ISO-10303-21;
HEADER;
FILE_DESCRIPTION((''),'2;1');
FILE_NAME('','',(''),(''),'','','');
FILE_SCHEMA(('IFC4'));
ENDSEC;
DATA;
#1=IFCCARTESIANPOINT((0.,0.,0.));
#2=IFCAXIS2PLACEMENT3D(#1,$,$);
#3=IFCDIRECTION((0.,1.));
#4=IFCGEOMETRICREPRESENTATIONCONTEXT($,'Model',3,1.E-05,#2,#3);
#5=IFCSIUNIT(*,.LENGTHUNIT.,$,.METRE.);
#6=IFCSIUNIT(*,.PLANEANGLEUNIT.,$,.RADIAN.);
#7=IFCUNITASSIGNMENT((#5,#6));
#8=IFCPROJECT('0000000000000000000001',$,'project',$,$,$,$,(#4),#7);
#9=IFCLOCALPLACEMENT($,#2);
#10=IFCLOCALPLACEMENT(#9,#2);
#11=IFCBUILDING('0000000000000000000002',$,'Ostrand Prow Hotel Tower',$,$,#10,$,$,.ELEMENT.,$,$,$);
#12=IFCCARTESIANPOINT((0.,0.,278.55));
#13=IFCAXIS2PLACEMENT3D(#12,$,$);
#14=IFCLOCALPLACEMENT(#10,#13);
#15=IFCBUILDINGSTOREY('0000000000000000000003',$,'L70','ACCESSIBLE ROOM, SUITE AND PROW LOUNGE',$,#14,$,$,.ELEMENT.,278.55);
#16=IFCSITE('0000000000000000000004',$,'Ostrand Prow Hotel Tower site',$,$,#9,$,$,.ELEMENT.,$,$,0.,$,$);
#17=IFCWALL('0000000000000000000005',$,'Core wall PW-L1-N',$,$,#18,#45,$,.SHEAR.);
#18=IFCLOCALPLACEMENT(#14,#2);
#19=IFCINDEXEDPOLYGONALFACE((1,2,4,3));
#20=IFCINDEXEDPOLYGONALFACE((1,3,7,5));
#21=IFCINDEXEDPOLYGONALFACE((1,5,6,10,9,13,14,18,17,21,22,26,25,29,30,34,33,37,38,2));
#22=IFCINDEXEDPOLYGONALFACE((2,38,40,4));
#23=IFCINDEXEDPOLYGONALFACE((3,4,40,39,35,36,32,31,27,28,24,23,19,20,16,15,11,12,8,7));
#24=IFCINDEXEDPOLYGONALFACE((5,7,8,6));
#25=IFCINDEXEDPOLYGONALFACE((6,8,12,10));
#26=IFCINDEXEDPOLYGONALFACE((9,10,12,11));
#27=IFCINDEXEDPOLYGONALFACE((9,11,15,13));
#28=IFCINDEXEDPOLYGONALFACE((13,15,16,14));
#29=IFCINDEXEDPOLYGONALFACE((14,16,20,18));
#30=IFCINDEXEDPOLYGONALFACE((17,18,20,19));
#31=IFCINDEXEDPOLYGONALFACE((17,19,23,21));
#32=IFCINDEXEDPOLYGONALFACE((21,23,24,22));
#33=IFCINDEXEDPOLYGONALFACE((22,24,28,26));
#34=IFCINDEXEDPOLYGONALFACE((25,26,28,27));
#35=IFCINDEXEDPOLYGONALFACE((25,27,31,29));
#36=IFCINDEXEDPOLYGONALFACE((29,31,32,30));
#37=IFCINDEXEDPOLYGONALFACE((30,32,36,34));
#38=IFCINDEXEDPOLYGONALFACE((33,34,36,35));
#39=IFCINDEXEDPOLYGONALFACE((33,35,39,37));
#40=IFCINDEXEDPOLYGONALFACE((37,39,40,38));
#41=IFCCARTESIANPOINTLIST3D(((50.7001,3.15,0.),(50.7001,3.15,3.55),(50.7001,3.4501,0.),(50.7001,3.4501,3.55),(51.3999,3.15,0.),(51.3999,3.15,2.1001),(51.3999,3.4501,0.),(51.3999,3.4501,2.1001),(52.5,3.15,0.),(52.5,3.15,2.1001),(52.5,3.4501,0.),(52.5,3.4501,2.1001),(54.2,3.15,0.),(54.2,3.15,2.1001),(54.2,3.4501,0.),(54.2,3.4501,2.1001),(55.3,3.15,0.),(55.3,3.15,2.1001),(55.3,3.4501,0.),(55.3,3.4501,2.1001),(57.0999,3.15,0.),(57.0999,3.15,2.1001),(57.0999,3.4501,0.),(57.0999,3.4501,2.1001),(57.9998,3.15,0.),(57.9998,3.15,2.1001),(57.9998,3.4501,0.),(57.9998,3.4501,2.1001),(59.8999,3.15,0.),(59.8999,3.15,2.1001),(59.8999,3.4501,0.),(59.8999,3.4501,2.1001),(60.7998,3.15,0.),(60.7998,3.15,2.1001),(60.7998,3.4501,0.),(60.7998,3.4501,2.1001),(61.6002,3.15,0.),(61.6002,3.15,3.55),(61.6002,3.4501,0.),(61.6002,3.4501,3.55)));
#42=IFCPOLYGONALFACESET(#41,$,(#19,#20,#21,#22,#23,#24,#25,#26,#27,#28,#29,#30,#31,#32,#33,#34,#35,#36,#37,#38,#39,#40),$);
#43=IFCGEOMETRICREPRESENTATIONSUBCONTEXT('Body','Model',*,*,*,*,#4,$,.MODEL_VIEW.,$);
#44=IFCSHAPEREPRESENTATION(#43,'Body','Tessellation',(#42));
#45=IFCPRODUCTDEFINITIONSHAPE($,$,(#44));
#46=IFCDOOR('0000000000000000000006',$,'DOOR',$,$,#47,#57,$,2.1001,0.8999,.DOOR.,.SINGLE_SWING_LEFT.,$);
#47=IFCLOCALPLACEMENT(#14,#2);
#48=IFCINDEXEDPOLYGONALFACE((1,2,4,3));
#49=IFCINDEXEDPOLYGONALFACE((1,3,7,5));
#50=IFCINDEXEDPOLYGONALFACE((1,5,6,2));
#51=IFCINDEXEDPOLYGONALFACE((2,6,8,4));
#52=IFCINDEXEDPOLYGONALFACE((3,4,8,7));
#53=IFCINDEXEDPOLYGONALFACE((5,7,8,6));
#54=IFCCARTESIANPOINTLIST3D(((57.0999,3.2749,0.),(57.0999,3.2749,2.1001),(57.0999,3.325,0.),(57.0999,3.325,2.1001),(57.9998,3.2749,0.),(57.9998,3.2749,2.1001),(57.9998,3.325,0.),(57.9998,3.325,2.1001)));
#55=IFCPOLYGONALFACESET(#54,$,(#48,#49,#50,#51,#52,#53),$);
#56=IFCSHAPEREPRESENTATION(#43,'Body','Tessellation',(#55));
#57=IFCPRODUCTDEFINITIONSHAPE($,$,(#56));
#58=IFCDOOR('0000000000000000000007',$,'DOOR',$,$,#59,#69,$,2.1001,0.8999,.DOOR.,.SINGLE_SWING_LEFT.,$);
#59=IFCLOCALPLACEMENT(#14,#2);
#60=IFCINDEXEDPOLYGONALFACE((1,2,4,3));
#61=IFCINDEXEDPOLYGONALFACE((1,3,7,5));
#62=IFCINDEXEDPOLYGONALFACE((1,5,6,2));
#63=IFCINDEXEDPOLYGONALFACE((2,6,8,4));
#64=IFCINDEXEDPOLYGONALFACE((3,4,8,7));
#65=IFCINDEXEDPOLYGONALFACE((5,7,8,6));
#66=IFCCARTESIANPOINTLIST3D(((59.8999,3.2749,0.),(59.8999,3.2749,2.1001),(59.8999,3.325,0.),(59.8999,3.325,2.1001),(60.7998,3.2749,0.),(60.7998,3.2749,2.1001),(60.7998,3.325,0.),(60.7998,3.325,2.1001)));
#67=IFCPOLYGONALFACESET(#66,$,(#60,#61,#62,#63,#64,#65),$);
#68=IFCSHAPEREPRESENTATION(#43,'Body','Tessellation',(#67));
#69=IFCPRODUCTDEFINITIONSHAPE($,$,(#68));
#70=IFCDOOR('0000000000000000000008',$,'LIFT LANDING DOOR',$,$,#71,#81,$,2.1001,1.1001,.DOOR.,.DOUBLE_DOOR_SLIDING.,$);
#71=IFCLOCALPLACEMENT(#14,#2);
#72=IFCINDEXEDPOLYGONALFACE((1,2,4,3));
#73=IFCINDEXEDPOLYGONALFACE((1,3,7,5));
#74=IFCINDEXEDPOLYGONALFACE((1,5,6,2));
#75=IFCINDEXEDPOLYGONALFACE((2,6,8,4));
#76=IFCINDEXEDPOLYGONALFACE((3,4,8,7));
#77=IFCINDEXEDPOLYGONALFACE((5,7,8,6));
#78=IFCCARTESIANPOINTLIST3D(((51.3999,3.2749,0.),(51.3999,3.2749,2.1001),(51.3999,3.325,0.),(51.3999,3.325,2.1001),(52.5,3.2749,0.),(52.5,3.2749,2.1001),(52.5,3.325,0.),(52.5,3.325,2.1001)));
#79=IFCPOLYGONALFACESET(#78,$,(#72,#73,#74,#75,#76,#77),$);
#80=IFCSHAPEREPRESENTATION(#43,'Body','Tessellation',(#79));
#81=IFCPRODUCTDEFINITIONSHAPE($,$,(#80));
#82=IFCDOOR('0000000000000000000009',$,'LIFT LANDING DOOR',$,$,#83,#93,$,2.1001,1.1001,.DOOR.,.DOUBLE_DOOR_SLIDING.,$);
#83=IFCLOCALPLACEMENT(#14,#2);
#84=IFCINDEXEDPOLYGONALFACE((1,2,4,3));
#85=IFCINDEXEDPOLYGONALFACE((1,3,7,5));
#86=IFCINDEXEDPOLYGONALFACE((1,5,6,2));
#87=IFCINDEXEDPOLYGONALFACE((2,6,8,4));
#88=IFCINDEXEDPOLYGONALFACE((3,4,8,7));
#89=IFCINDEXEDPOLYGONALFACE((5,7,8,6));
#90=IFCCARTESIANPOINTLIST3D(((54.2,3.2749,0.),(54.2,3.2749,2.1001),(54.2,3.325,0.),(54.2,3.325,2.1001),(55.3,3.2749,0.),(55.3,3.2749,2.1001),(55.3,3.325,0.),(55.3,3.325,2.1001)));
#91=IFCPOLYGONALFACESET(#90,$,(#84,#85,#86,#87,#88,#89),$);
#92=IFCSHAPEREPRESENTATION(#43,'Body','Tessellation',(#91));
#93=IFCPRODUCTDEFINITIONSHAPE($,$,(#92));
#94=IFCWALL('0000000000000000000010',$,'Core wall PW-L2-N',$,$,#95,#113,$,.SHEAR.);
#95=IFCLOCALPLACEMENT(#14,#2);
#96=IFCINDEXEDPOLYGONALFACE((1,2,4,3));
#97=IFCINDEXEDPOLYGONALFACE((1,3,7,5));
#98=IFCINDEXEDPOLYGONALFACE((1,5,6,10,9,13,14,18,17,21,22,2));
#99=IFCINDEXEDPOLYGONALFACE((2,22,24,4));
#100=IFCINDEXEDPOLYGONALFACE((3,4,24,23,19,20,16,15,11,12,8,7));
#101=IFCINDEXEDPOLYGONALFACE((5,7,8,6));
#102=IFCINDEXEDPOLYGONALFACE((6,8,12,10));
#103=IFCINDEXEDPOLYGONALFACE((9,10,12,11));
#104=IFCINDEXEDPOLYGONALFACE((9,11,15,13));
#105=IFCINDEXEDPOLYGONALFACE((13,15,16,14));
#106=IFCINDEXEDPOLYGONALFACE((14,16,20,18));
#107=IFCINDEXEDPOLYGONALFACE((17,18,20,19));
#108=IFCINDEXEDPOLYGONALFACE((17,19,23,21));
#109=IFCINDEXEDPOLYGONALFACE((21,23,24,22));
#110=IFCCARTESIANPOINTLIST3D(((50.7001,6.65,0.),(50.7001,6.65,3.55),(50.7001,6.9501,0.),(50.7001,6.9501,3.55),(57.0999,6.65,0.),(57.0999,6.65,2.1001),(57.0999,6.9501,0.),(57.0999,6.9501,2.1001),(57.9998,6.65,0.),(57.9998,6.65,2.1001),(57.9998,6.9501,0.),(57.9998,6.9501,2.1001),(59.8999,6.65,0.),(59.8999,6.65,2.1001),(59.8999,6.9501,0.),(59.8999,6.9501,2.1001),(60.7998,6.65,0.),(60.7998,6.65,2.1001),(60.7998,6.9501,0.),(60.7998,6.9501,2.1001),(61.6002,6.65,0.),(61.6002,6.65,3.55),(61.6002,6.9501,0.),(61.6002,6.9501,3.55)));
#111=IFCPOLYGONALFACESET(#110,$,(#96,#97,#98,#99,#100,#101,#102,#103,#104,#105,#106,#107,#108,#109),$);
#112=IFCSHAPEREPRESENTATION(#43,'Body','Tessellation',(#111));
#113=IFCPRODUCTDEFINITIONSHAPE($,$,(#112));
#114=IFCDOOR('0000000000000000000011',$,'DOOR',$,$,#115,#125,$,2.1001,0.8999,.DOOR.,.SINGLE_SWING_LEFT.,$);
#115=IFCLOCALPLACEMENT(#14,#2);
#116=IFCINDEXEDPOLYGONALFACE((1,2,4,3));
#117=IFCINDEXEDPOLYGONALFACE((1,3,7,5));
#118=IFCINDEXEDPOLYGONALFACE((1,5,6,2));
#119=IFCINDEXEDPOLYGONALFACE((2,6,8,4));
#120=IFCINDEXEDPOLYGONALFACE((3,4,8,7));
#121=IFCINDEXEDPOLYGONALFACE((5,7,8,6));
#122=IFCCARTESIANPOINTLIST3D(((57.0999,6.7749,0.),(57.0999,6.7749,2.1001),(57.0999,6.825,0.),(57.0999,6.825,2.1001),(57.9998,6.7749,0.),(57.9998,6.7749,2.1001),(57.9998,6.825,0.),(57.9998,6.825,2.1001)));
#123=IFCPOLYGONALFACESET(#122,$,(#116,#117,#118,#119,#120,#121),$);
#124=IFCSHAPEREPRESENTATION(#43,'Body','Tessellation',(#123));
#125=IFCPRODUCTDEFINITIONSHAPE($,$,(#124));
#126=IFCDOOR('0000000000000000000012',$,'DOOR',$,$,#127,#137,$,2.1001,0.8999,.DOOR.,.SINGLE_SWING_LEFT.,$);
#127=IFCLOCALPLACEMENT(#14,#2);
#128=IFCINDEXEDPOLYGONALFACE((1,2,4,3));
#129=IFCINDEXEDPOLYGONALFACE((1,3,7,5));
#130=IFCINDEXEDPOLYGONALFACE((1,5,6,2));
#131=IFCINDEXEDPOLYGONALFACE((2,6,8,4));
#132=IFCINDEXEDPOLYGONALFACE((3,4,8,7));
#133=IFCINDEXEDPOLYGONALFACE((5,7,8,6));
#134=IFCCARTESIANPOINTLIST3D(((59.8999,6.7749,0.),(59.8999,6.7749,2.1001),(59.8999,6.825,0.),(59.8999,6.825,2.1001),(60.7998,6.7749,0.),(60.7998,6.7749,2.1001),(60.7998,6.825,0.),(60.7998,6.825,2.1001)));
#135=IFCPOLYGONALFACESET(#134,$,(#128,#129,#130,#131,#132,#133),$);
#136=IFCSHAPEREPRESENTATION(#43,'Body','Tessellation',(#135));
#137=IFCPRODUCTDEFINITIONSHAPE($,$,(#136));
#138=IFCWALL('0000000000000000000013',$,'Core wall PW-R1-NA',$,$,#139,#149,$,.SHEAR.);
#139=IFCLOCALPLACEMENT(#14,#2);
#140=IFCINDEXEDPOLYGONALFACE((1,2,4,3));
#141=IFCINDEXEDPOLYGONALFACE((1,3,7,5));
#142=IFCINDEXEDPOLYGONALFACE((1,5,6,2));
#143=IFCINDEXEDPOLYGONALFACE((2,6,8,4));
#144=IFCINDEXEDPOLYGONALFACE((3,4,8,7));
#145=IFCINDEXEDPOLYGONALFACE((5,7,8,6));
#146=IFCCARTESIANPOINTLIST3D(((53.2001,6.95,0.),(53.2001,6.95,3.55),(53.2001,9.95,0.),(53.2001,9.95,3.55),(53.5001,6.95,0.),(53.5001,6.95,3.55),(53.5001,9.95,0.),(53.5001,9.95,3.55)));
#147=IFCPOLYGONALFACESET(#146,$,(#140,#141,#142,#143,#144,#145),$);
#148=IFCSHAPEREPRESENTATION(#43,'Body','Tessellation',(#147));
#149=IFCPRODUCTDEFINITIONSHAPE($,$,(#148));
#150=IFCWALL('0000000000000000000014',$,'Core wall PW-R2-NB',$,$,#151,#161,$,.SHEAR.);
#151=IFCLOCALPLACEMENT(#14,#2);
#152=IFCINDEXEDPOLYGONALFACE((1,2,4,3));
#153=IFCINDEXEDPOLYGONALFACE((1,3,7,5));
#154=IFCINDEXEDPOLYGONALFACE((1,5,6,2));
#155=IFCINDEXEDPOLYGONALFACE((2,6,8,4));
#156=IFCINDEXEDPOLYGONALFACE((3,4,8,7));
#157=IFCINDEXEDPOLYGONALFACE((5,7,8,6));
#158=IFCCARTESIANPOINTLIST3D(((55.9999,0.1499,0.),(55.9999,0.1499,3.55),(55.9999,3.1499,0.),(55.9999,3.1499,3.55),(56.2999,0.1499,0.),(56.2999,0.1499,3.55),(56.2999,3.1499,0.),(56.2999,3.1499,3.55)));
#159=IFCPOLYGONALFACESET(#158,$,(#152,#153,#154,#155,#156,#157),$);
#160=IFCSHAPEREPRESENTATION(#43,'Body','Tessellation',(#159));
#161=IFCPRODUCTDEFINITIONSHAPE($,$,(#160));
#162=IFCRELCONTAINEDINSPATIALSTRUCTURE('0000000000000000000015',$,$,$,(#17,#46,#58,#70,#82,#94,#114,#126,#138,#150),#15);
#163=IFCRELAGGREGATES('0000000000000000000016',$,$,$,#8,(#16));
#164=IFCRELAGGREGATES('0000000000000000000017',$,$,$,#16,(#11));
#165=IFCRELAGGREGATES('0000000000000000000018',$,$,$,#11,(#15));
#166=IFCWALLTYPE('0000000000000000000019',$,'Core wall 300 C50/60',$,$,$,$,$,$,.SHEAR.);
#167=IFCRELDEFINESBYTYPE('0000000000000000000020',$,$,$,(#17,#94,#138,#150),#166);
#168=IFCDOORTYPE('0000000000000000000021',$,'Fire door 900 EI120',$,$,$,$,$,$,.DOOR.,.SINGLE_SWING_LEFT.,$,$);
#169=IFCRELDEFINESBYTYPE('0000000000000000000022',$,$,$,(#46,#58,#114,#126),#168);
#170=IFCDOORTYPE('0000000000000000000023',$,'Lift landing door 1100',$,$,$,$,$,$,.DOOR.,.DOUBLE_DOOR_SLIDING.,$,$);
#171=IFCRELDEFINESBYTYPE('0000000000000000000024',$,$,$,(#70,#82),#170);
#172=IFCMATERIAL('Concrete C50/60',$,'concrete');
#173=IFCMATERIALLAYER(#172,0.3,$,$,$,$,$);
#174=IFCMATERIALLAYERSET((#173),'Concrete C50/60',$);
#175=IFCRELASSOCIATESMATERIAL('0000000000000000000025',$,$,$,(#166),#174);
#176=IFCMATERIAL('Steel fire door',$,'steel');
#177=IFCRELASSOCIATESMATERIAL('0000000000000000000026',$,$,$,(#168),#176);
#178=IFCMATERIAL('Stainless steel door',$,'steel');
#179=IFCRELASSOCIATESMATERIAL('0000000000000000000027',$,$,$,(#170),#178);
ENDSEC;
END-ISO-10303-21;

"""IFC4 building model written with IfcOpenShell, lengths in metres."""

from ifc_helpers import new_model, si_unit, direction, frame, frame_2d, origin, place, context, subcontext, project, spatial, rectangle, extrude, material, layer, layer_set, type_object, element, fill, save


model = new_model("IFC4")

# Units and contexts
model_context = context("Model", 3, precision=1e-05, world=origin(), true_north=direction((0.0, 1.0)))
body_context = subcontext(model_context, "Body", "Model", "MODEL_VIEW")
ifc_project = project(units=[si_unit("LENGTHUNIT", "METRE"), si_unit("PLANEANGLEUNIT", "RADIAN")], contexts=[model_context])

# Site, building, storey
site_placement = place(None, origin())
site = spatial("IfcSite", under=ifc_project, at=site_placement, Name="Ostrand Prow Hotel Tower site", CompositionType="ELEMENT", RefElevation=0.0)
building_placement = place(site_placement, origin())
building = spatial("IfcBuilding", under=site, at=building_placement, Name="Ostrand Prow Hotel Tower", CompositionType="ELEMENT")
storey_placement = place(building_placement, frame((0.0, 0.0, 278.55)))
storey = spatial("IfcBuildingStorey", under=building, at=storey_placement, Name="L70", Description="ACCESSIBLE ROOM, SUITE AND PROW LOUNGE", CompositionType="ELEMENT", Elevation=278.55)

# Walls, openings, doors
ifc_material_1 = material(Name="Concrete C50/60", Category="concrete")
ifc_layer_1 = layer(ifc_material_1, 0.3)
ifc_layer_set_1 = layer_set([ifc_layer_1], Name="Concrete C50/60")
wall_type_1 = type_object("IfcWallType", Name="Core wall 300 C50/60", PredefinedType="SHEAR", material=ifc_layer_set_1)
wall_1_placement = place(storey_placement, frame((50.7, 3.3, 0.0), z_axis=(0.0, 0.0, 1.0), x_axis=(1.0, 0.0, 0.0)))
wall_1 = element("IfcWall", 1, at=wall_1_placement, inside=storey, type_object=wall_type_1, Name="Core wall PW-L1-N", PredefinedType="SHEAR", context=body_context, shape_type="SweptSolid", body=[
    extrude(rectangle(XDim=10.9001, YDim=0.3, at=frame_2d((5.4502, 0.0))), origin(), (0.0, 0.0, 1.0), 3.55),
])
opening_1_placement = place(wall_1_placement, frame((0.7, 0.0, 0.0)))
opening_1 = element("IfcOpeningElement", 2, at=opening_1_placement, cuts=wall_1, PredefinedType="OPENING", context=body_context, shape_type="SweptSolid", body=[
    extrude(rectangle(XDim=1.1001, YDim=2.1001, at=frame_2d((0.55, 1.05))), frame((0.0, 0.1599, 0.0), z_axis=(0.0, -1.0, 0.0), x_axis=(1.0, 0.0, 0.0)), (0.0, 0.0, 1.0), 0.3201),
])
opening_2_placement = place(wall_1_placement, frame((3.5, 0.0, 0.0)))
opening_2 = element("IfcOpeningElement", 3, at=opening_2_placement, cuts=wall_1, PredefinedType="OPENING", context=body_context, shape_type="SweptSolid", body=[
    extrude(rectangle(XDim=1.1001, YDim=2.1001, at=frame_2d((0.55, 1.05))), frame((0.0, 0.1599, 0.0), z_axis=(0.0, -1.0, 0.0), x_axis=(1.0, 0.0, 0.0)), (0.0, 0.0, 1.0), 0.3201),
])
opening_3_placement = place(wall_1_placement, frame((6.3999, 0.0, 0.0)))
opening_3 = element("IfcOpeningElement", 4, at=opening_3_placement, cuts=wall_1, PredefinedType="OPENING", context=body_context, shape_type="SweptSolid", body=[
    extrude(rectangle(XDim=0.8999, YDim=2.1001, at=frame_2d((0.45, 1.05))), frame((0.0, 0.1599, 0.0), z_axis=(0.0, -1.0, 0.0), x_axis=(1.0, 0.0, 0.0)), (0.0, 0.0, 1.0), 0.3201),
])
opening_4_placement = place(wall_1_placement, frame((9.2, 0.0, 0.0)))
opening_4 = element("IfcOpeningElement", 5, at=opening_4_placement, cuts=wall_1, PredefinedType="OPENING", context=body_context, shape_type="SweptSolid", body=[
    extrude(rectangle(XDim=0.8999, YDim=2.1001, at=frame_2d((0.45, 1.05))), frame((0.0, 0.1599, 0.0), z_axis=(0.0, -1.0, 0.0), x_axis=(1.0, 0.0, 0.0)), (0.0, 0.0, 1.0), 0.3201),
])
ifc_material_2 = material(Name="Steel fire door", Category="steel")
door_type_1 = type_object("IfcDoorType", Name="Fire door 900 EI120", OperationType="SINGLE_SWING_LEFT", PredefinedType="DOOR", material=ifc_material_2)
door_1_placement = place(opening_3_placement, origin())
door_1 = element("IfcDoor", 6, at=door_1_placement, inside=storey, type_object=door_type_1, Name="DOOR", OperationType="SINGLE_SWING_LEFT", OverallHeight=2.1001, OverallWidth=0.8999, PredefinedType="DOOR", context=body_context, shape_type="SweptSolid", body=[
    extrude(rectangle(XDim=0.8999, YDim=2.1001, at=frame_2d((0.45, 1.05))), frame((0.0, 0.0249, 0.0), z_axis=(0.0, -1.0, 0.0), x_axis=(1.0, 0.0, 0.0)), (0.0, 0.0, 1.0), 0.05),
])
fill(opening_3, door_1)
door_2_placement = place(opening_4_placement, origin())
door_2 = element("IfcDoor", 7, at=door_2_placement, inside=storey, type_object=door_type_1, Name="DOOR", OperationType="SINGLE_SWING_LEFT", OverallHeight=2.1001, OverallWidth=0.8999, PredefinedType="DOOR", context=body_context, shape_type="SweptSolid", body=[
    extrude(rectangle(XDim=0.8999, YDim=2.1001, at=frame_2d((0.45, 1.05))), frame((0.0, 0.0249, 0.0), z_axis=(0.0, -1.0, 0.0), x_axis=(1.0, 0.0, 0.0)), (0.0, 0.0, 1.0), 0.05),
])
fill(opening_4, door_2)
ifc_material_3 = material(Name="Stainless steel door", Category="steel")
door_type_2 = type_object("IfcDoorType", Name="Lift landing door 1100", OperationType="DOUBLE_DOOR_SLIDING", PredefinedType="DOOR", material=ifc_material_3)
door_3_placement = place(opening_1_placement, origin())
door_3 = element("IfcDoor", 8, at=door_3_placement, inside=storey, type_object=door_type_2, Name="LIFT LANDING DOOR", OperationType="DOUBLE_DOOR_SLIDING", OverallHeight=2.1001, OverallWidth=1.1001, PredefinedType="DOOR", context=body_context, shape_type="SweptSolid", body=[
    extrude(rectangle(XDim=1.1001, YDim=2.1001, at=frame_2d((0.55, 1.05))), frame((0.0, 0.0249, 0.0), z_axis=(0.0, -1.0, 0.0), x_axis=(1.0, 0.0, 0.0)), (0.0, 0.0, 1.0), 0.05),
])
fill(opening_1, door_3)
door_4_placement = place(opening_2_placement, origin())
door_4 = element("IfcDoor", 9, at=door_4_placement, inside=storey, type_object=door_type_2, Name="LIFT LANDING DOOR", OperationType="DOUBLE_DOOR_SLIDING", OverallHeight=2.1001, OverallWidth=1.1001, PredefinedType="DOOR", context=body_context, shape_type="SweptSolid", body=[
    extrude(rectangle(XDim=1.1001, YDim=2.1001, at=frame_2d((0.55, 1.05))), frame((0.0, 0.0249, 0.0), z_axis=(0.0, -1.0, 0.0), x_axis=(1.0, 0.0, 0.0)), (0.0, 0.0, 1.0), 0.05),
])
fill(opening_2, door_4)
wall_2_placement = place(storey_placement, frame((50.7, 6.8, 0.0), z_axis=(0.0, 0.0, 1.0), x_axis=(1.0, 0.0, 0.0)))
wall_2 = element("IfcWall", 10, at=wall_2_placement, inside=storey, type_object=wall_type_1, Name="Core wall PW-L2-N", PredefinedType="SHEAR", context=body_context, shape_type="SweptSolid", body=[
    extrude(rectangle(XDim=10.9001, YDim=0.3, at=frame_2d((5.4502, 0.0))), origin(), (0.0, 0.0, 1.0), 3.55),
])
opening_5_placement = place(wall_2_placement, frame((6.3999, 0.0, 0.0)))
opening_5 = element("IfcOpeningElement", 11, at=opening_5_placement, cuts=wall_2, PredefinedType="OPENING", context=body_context, shape_type="SweptSolid", body=[
    extrude(rectangle(XDim=0.8999, YDim=2.1001, at=frame_2d((0.45, 1.05))), frame((0.0, 0.1599, 0.0), z_axis=(0.0, -1.0, 0.0), x_axis=(1.0, 0.0, 0.0)), (0.0, 0.0, 1.0), 0.3201),
])
opening_6_placement = place(wall_2_placement, frame((9.2, 0.0, 0.0)))
opening_6 = element("IfcOpeningElement", 12, at=opening_6_placement, cuts=wall_2, PredefinedType="OPENING", context=body_context, shape_type="SweptSolid", body=[
    extrude(rectangle(XDim=0.8999, YDim=2.1001, at=frame_2d((0.45, 1.05))), frame((0.0, 0.1599, 0.0), z_axis=(0.0, -1.0, 0.0), x_axis=(1.0, 0.0, 0.0)), (0.0, 0.0, 1.0), 0.3201),
])
door_5_placement = place(opening_5_placement, origin())
door_5 = element("IfcDoor", 13, at=door_5_placement, inside=storey, type_object=door_type_1, Name="DOOR", OperationType="SINGLE_SWING_LEFT", OverallHeight=2.1001, OverallWidth=0.8999, PredefinedType="DOOR", context=body_context, shape_type="SweptSolid", body=[
    extrude(rectangle(XDim=0.8999, YDim=2.1001, at=frame_2d((0.45, 1.05))), frame((0.0, 0.0249, 0.0), z_axis=(0.0, -1.0, 0.0), x_axis=(1.0, 0.0, 0.0)), (0.0, 0.0, 1.0), 0.05),
])
fill(opening_5, door_5)
door_6_placement = place(opening_6_placement, origin())
door_6 = element("IfcDoor", 14, at=door_6_placement, inside=storey, type_object=door_type_1, Name="DOOR", OperationType="SINGLE_SWING_LEFT", OverallHeight=2.1001, OverallWidth=0.8999, PredefinedType="DOOR", context=body_context, shape_type="SweptSolid", body=[
    extrude(rectangle(XDim=0.8999, YDim=2.1001, at=frame_2d((0.45, 1.05))), frame((0.0, 0.0249, 0.0), z_axis=(0.0, -1.0, 0.0), x_axis=(1.0, 0.0, 0.0)), (0.0, 0.0, 1.0), 0.05),
])
fill(opening_6, door_6)

# Walls
for number, where, z_axis, x_axis, name in (
    (15, (53.3501, 6.95, 0.0), (0.0, 0.0, 1.0), (0.0, 1.0, 0.0), "Core wall PW-R1-NA"),
    (16, (56.1499, 0.1499, 0.0), (0.0, 0.0, 1.0), (0.0, 1.0, 0.0), "Core wall PW-R2-NB"),
):
    element("IfcWall", number, at=place(storey_placement, frame(where, z_axis=z_axis, x_axis=x_axis)), inside=storey, type_object=wall_type_1, Name=name, PredefinedType="SHEAR", context=body_context, shape_type="SweptSolid", body=[
        extrude(rectangle(XDim=3.0, YDim=0.3, at=frame_2d((1.5, 0.0))), origin(), (0.0, 0.0, 1.0), 3.55),
    ])

save(model, "model.ifc")
